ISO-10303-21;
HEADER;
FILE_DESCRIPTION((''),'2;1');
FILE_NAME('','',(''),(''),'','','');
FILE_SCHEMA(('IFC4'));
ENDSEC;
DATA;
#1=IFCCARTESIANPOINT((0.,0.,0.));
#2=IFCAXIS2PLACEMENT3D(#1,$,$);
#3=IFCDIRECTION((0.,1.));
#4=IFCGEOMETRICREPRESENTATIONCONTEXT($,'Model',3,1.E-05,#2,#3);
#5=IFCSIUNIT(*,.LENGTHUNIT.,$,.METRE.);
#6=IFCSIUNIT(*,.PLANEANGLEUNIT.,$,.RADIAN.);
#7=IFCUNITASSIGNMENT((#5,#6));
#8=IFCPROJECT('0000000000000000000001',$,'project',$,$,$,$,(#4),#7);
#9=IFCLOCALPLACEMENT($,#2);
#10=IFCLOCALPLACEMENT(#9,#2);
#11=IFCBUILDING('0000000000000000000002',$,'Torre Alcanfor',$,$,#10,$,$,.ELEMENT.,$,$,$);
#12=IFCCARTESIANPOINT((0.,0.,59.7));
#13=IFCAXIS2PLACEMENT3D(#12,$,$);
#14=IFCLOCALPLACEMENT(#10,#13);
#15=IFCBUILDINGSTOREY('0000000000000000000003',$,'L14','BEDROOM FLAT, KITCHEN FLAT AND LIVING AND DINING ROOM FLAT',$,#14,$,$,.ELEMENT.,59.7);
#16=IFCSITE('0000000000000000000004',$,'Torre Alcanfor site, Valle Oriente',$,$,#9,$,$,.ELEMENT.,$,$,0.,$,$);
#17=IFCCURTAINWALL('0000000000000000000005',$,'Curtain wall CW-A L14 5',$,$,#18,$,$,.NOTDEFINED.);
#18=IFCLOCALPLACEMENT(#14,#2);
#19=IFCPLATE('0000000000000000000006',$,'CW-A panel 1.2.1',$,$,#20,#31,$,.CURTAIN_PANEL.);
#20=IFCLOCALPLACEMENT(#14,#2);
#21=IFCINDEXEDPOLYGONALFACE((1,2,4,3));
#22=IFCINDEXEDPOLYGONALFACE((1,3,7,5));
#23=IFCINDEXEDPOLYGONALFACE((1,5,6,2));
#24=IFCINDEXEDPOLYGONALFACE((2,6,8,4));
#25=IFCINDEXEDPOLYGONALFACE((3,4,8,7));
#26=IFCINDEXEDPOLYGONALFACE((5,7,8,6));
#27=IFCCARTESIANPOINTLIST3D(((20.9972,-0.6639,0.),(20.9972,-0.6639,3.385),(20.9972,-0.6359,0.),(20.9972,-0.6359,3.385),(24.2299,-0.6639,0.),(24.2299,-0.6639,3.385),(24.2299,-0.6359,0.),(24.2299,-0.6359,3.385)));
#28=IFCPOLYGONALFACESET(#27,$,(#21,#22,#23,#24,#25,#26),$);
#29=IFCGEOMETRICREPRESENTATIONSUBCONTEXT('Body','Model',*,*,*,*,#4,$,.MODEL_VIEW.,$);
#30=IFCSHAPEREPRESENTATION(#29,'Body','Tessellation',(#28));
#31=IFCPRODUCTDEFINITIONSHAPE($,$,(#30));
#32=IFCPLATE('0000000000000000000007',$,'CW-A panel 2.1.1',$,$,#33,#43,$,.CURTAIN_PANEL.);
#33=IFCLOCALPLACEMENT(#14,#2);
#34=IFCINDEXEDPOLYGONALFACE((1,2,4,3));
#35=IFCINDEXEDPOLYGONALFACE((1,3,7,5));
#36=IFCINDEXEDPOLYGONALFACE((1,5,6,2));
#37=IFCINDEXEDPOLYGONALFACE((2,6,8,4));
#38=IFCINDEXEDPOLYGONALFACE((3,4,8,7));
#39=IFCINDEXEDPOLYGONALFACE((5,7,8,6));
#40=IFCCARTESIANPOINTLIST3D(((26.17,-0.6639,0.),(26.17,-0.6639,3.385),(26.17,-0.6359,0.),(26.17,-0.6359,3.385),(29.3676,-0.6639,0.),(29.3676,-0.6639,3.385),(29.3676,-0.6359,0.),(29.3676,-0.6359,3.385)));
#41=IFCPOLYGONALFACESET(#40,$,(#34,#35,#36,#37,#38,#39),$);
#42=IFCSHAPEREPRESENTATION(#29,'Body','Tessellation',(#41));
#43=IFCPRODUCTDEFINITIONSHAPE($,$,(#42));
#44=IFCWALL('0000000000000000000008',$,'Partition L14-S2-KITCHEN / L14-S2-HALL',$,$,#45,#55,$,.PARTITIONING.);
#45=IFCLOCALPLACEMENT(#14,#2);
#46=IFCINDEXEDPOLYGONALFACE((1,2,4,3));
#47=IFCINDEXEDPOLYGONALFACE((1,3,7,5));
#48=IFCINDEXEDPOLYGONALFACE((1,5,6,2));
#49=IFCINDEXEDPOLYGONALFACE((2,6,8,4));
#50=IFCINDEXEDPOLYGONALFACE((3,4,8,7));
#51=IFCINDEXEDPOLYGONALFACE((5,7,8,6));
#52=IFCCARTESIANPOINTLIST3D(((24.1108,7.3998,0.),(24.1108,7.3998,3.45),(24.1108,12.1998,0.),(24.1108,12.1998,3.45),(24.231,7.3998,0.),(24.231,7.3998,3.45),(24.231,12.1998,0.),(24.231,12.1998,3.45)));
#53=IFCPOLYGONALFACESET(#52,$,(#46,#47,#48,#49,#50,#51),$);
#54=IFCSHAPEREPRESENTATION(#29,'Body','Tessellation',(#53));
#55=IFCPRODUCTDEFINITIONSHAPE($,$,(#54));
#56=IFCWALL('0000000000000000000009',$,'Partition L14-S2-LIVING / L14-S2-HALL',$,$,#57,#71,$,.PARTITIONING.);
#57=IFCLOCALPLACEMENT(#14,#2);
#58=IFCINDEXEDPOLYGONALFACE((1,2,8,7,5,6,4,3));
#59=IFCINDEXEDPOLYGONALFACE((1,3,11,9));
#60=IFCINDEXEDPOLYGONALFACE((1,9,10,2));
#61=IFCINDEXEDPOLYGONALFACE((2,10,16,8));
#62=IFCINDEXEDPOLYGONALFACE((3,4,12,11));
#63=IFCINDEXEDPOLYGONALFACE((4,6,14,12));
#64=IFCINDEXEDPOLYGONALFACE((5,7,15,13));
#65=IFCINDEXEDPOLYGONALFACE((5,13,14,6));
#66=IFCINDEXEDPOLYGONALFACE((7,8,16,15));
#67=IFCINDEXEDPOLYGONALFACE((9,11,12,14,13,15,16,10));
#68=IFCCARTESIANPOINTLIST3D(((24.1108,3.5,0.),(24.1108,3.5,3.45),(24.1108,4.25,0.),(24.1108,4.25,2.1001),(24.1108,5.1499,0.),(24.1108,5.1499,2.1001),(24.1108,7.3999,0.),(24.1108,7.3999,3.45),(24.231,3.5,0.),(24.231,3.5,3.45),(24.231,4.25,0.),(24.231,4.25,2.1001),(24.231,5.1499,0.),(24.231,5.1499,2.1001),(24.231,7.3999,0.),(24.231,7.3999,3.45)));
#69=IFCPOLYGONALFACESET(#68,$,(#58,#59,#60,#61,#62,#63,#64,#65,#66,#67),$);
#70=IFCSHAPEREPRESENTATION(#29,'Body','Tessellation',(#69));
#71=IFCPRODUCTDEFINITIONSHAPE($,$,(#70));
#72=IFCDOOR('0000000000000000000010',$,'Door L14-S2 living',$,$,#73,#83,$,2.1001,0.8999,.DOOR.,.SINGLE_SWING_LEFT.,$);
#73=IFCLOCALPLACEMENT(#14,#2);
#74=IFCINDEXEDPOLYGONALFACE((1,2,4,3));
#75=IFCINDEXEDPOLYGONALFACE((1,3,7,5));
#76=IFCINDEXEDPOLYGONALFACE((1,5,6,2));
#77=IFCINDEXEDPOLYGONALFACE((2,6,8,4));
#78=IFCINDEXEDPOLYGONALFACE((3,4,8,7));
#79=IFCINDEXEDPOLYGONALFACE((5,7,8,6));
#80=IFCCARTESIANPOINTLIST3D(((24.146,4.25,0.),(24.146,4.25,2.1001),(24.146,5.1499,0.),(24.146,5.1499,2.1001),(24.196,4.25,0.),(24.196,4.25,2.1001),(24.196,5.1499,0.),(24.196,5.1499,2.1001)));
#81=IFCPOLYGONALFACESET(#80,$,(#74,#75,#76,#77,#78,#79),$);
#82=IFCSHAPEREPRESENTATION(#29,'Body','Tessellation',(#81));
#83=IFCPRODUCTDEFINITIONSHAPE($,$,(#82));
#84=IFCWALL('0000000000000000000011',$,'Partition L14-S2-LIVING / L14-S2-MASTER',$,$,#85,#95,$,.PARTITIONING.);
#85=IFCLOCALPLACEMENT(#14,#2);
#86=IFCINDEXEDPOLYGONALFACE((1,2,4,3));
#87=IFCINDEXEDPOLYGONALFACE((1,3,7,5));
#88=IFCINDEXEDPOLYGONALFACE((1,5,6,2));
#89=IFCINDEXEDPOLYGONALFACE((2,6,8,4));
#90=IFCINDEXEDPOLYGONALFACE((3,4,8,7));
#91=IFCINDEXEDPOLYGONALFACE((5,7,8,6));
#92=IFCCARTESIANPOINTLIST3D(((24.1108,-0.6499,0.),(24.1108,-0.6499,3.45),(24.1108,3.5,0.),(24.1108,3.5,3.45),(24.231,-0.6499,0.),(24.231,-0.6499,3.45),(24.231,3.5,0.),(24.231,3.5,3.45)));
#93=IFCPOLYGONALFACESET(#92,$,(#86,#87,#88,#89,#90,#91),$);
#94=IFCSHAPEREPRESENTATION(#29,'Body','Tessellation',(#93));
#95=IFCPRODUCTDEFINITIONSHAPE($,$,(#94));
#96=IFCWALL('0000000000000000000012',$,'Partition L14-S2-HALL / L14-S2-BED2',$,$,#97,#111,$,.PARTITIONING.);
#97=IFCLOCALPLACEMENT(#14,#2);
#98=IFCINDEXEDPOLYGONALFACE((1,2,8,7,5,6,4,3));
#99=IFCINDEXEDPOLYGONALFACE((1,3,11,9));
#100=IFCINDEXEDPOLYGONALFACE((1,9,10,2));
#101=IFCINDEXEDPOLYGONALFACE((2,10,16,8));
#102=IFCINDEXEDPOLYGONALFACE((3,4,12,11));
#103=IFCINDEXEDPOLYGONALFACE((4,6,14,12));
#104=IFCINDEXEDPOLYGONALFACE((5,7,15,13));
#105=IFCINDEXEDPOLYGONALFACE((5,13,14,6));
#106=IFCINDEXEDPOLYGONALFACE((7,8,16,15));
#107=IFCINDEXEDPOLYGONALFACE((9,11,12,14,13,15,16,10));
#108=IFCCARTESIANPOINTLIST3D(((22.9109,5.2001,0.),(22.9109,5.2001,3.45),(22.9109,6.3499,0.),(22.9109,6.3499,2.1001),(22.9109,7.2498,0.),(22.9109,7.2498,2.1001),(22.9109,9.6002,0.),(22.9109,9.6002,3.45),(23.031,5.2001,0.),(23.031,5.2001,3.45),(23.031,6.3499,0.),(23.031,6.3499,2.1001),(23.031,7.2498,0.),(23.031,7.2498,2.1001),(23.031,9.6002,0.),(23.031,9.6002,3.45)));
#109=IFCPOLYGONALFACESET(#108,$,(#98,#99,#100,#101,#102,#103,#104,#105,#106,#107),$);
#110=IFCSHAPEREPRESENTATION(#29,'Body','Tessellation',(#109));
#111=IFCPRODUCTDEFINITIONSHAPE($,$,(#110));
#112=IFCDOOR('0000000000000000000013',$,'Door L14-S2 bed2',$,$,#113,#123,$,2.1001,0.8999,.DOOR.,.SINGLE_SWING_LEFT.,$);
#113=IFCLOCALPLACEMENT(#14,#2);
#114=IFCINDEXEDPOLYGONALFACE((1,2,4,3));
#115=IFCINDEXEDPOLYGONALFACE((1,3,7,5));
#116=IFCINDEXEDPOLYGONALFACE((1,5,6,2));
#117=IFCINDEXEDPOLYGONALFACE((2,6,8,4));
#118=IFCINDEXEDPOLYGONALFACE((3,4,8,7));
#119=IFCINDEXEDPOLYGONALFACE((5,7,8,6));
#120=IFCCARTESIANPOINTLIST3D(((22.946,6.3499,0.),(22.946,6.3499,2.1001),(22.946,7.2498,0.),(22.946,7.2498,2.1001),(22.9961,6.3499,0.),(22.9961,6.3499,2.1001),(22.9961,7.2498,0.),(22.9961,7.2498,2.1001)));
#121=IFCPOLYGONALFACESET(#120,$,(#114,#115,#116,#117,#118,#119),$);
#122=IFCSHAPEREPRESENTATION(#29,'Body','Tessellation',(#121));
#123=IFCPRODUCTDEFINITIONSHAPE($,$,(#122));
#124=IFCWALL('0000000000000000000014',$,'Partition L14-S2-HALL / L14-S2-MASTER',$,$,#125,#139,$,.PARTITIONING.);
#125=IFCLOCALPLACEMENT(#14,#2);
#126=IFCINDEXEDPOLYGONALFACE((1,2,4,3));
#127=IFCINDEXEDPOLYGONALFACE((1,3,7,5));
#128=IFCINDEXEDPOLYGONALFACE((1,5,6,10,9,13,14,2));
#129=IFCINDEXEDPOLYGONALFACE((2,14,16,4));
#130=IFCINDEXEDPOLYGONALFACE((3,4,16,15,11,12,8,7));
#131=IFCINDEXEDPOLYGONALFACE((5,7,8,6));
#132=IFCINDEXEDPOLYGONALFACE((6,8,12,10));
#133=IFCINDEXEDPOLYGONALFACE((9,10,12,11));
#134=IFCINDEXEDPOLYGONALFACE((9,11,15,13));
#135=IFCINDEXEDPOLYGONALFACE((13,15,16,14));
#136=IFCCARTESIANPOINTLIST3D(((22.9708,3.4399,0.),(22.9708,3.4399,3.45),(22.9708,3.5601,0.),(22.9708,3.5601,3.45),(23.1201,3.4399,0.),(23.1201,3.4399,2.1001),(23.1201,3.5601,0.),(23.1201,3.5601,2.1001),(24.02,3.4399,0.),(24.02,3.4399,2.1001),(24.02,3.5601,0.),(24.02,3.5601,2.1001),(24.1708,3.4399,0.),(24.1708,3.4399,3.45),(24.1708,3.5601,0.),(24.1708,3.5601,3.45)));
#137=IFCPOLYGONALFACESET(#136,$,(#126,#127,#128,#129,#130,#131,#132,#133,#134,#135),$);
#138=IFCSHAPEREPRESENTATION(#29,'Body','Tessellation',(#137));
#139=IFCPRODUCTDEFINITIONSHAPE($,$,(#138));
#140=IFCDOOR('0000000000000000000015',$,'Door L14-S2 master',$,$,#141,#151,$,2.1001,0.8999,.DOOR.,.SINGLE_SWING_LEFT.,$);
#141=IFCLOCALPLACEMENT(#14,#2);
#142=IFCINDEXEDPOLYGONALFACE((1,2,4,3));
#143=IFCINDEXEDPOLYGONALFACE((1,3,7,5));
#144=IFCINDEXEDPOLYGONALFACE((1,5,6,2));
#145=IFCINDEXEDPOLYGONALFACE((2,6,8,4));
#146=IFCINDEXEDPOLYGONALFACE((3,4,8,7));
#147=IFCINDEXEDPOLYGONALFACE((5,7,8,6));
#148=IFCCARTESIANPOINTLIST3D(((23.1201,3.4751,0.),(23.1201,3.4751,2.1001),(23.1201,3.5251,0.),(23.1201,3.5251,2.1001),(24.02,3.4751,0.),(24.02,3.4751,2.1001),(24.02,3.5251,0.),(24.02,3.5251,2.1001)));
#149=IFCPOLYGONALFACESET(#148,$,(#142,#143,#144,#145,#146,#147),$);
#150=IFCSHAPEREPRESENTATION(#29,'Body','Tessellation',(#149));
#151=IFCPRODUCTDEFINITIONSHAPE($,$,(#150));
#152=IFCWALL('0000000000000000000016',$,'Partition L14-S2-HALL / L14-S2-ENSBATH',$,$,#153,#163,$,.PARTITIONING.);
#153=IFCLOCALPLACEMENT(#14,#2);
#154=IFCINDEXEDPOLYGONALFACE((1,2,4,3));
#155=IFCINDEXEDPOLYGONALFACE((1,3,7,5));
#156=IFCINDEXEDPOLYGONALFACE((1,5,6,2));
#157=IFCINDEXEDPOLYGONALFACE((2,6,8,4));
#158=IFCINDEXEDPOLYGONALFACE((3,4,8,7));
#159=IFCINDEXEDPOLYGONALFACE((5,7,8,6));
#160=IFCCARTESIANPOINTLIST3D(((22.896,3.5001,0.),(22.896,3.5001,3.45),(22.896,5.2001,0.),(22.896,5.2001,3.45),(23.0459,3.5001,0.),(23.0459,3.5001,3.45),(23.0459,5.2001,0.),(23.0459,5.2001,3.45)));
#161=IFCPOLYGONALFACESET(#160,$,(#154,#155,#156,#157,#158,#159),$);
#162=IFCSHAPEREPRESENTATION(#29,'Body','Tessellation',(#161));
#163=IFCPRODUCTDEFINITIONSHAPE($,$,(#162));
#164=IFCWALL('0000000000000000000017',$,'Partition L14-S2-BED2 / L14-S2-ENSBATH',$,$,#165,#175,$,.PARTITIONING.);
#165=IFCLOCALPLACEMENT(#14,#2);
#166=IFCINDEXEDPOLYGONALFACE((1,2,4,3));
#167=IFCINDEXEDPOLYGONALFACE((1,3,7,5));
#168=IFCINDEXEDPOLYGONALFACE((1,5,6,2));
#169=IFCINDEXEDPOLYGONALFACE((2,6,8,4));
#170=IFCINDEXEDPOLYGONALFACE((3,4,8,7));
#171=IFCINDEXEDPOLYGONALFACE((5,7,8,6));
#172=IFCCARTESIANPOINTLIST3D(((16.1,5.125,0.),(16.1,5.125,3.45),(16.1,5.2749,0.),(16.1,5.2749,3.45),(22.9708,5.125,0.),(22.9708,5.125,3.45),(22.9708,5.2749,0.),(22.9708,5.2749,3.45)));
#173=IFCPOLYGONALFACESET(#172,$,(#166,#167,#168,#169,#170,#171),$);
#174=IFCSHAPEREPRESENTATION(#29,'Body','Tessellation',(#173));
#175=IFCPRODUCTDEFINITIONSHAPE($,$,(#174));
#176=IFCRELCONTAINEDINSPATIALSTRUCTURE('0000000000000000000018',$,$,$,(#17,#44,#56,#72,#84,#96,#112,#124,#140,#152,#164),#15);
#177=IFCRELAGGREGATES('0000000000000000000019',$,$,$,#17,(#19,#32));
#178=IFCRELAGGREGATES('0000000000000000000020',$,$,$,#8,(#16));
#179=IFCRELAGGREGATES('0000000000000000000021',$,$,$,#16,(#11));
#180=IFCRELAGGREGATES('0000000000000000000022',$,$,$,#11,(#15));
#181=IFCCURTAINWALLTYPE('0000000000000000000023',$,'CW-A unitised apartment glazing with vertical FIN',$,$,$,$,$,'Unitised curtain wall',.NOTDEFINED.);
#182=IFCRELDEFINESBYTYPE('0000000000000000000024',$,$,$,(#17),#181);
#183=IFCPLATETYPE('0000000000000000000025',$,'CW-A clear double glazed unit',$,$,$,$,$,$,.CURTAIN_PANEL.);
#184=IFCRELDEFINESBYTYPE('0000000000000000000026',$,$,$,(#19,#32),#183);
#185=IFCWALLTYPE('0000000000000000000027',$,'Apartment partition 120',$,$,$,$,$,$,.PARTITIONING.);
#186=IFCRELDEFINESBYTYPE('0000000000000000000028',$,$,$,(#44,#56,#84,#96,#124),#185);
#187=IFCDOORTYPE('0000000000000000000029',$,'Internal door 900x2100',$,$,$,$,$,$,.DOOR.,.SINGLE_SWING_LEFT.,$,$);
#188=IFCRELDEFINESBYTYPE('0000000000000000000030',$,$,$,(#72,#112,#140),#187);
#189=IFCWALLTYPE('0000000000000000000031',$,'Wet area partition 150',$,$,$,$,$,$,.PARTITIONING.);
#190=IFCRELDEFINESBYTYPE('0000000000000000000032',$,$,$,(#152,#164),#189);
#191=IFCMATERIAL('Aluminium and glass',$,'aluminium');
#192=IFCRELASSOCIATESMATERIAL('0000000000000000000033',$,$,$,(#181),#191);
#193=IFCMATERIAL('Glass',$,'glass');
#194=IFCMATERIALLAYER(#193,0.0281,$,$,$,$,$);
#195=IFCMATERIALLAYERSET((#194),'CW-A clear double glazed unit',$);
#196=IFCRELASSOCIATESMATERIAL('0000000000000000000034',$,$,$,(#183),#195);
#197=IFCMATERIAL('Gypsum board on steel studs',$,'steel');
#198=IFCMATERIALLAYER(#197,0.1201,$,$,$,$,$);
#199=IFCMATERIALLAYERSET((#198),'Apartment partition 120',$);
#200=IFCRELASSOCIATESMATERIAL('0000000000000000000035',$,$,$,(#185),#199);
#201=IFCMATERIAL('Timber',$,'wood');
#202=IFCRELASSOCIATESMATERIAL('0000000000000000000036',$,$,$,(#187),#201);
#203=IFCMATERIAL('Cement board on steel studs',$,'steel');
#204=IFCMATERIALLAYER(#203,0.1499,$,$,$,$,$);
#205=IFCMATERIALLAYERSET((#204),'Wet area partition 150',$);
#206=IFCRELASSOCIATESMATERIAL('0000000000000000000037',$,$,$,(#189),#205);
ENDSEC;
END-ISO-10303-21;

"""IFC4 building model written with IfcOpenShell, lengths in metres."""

from ifc_helpers import new_model, si_unit, direction, frame, frame_2d, origin, origin_2d, place, context, subcontext, project, spatial, rectangle, extrude, material, layer, layer_set, type_object, element, fill, aggregate, save


model = new_model("IFC4")

# Units and contexts
model_context = context("Model", 3, precision=1e-05, world=origin(), true_north=direction((0.0, 1.0)))
body_context = subcontext(model_context, "Body", "Model", "MODEL_VIEW")
ifc_project = project(units=[si_unit("LENGTHUNIT", "METRE"), si_unit("PLANEANGLEUNIT", "RADIAN")], contexts=[model_context])

# Site, building, storey
site_placement = place(None, origin())
site = spatial("IfcSite", under=ifc_project, at=site_placement, Name="Torre Alcanfor site, Valle Oriente", CompositionType="ELEMENT", RefElevation=0.0)
building_placement = place(site_placement, origin())
building = spatial("IfcBuilding", under=site, at=building_placement, Name="Torre Alcanfor", CompositionType="ELEMENT")
storey_placement = place(building_placement, frame((0.0, 0.0, 59.7)))
storey = spatial("IfcBuildingStorey", under=building, at=storey_placement, Name="L14", Description="BEDROOM FLAT, KITCHEN FLAT AND LIVING AND DINING ROOM FLAT", CompositionType="ELEMENT", Elevation=59.7)

# Curtain wall
ifc_material_1 = material(Name="Aluminium and glass", Category="aluminium")
curtain_wall_type = type_object("IfcCurtainWallType", Name="CW-A unitised apartment glazing with vertical FIN", ElementType="Unitised curtain wall", PredefinedType="NOTDEFINED", material=ifc_material_1)
curtain_wall_placement = place(storey_placement, origin())
curtain_wall = element("IfcCurtainWall", 1, at=curtain_wall_placement, inside=storey, type_object=curtain_wall_type, Name="Curtain wall CW-A L14 5", PredefinedType="NOTDEFINED")

# Plates
ifc_material_2 = material(Name="Glass", Category="glass")
ifc_layer_1 = layer(ifc_material_2, 0.0281)
ifc_layer_set_1 = layer_set([ifc_layer_1], Name="CW-A clear double glazed unit")
plate_type = type_object("IfcPlateType", Name="CW-A clear double glazed unit", PredefinedType="CURTAIN_PANEL", material=ifc_layer_set_1)
plate_1_placement = place(storey_placement, frame((22.6135, -0.6499, 0.0), z_axis=(0.0, 0.0, 1.0), x_axis=(1.0, 0.0, 0.0)))
plate_1 = element("IfcPlate", 2, at=plate_1_placement, type_object=plate_type, Name="CW-A panel 1.2.1", PredefinedType="CURTAIN_PANEL", context=body_context, shape_type="SweptSolid", body=[
    extrude(rectangle(XDim=3.2327, YDim=0.0281, at=origin_2d()), origin(), (0.0, 0.0, 1.0), 3.385),
])
plate_2_placement = place(storey_placement, frame((27.7688, -0.6499, 0.0), z_axis=(0.0, 0.0, 1.0), x_axis=(1.0, 0.0, 0.0)))
plate_2 = element("IfcPlate", 3, at=plate_2_placement, type_object=plate_type, Name="CW-A panel 2.1.1", PredefinedType="CURTAIN_PANEL", context=body_context, shape_type="SweptSolid", body=[
    extrude(rectangle(XDim=3.1975, YDim=0.0281, at=origin_2d()), origin(), (0.0, 0.0, 1.0), 3.385),
])
aggregate(curtain_wall, [plate_1, plate_2])

# Wall
ifc_material_3 = material(Name="Gypsum board on steel studs", Category="steel")
ifc_layer_2 = layer(ifc_material_3, 0.1201)
ifc_layer_set_2 = layer_set([ifc_layer_2], Name="Apartment partition 120")
wall_type_1 = type_object("IfcWallType", Name="Apartment partition 120", PredefinedType="PARTITIONING", material=ifc_layer_set_2)
wall_1_placement = place(storey_placement, frame((24.1709, 7.3999, 0.0), z_axis=(0.0, 0.0, 1.0), x_axis=(0.0, 1.0, 0.0)))
element("IfcWall", 4, at=wall_1_placement, inside=storey, type_object=wall_type_1, Name="Partition L14-S2-KITCHEN / L14-S2-HALL", PredefinedType="PARTITIONING", context=body_context, shape_type="SweptSolid", body=[
    extrude(rectangle(XDim=4.8, YDim=0.1201, at=frame_2d((2.3999, 0.0))), origin(), (0.0, 0.0, 1.0), 3.45),
])

# Wall, opening, door
wall_2_placement = place(storey_placement, frame((24.1709, 3.5, 0.0), z_axis=(0.0, 0.0, 1.0), x_axis=(0.0, 1.0, 0.0)))
wall_2 = element("IfcWall", 5, at=wall_2_placement, inside=storey, type_object=wall_type_1, Name="Partition L14-S2-LIVING / L14-S2-HALL", PredefinedType="PARTITIONING", context=body_context, shape_type="SweptSolid", body=[
    extrude(rectangle(XDim=3.8999, YDim=0.1201, at=frame_2d((1.95, 0.0))), origin(), (0.0, 0.0, 1.0), 3.45),
])
opening_1_placement = place(wall_2_placement, frame((0.75, 0.0, 0.0)))
opening_1 = element("IfcOpeningElement", 6, at=opening_1_placement, cuts=wall_2, PredefinedType="OPENING", context=body_context, shape_type="SweptSolid", body=[
    extrude(rectangle(XDim=0.8999, YDim=2.1001, at=frame_2d((0.45, 1.05))), frame((0.0, 0.0701, 0.0), z_axis=(0.0, -1.0, 0.0), x_axis=(1.0, 0.0, 0.0)), (0.0, 0.0, 1.0), 0.1401),
])
ifc_material_4 = material(Name="Timber", Category="wood")
door_type_1 = type_object("IfcDoorType", Name="Internal door 900x2100", OperationType="SINGLE_SWING_LEFT", PredefinedType="DOOR", material=ifc_material_4)
door_1_placement = place(opening_1_placement, frame((0.8999, 0.0, 0.0), z_axis=(0.0, 0.0, 1.0), x_axis=(-1.0, 0.0, 0.0)))
door_1 = element("IfcDoor", 7, at=door_1_placement, inside=storey, type_object=door_type_1, Name="Door L14-S2 living", OperationType="SINGLE_SWING_LEFT", OverallHeight=2.1001, OverallWidth=0.8999, PredefinedType="DOOR", context=body_context, shape_type="SweptSolid", body=[
    extrude(rectangle(XDim=0.8999, YDim=2.1001, at=frame_2d((0.45, 1.05))), frame((0.0, 0.0251, 0.0), z_axis=(0.0, -1.0, 0.0), x_axis=(1.0, 0.0, 0.0)), (0.0, 0.0, 1.0), 0.05),
])
fill(opening_1, door_1)

# Wall
wall_3_placement = place(storey_placement, frame((24.1709, -0.6499, 0.0), z_axis=(0.0, 0.0, 1.0), x_axis=(0.0, 1.0, 0.0)))
element("IfcWall", 8, at=wall_3_placement, inside=storey, type_object=wall_type_1, Name="Partition L14-S2-LIVING / L14-S2-MASTER", PredefinedType="PARTITIONING", context=body_context, shape_type="SweptSolid", body=[
    extrude(rectangle(XDim=4.1499, YDim=0.1201, at=frame_2d((2.075, 0.0))), origin(), (0.0, 0.0, 1.0), 3.45),
])

# Walls, openings, doors
wall_4_placement = place(storey_placement, frame((22.9709, 5.2, 0.0), z_axis=(0.0, 0.0, 1.0), x_axis=(0.0, 1.0, 0.0)))
wall_4 = element("IfcWall", 9, at=wall_4_placement, inside=storey, type_object=wall_type_1, Name="Partition L14-S2-HALL / L14-S2-BED2", PredefinedType="PARTITIONING", context=body_context, shape_type="SweptSolid", body=[
    extrude(rectangle(XDim=4.4001, YDim=0.1201, at=frame_2d((2.2002, 0.0))), origin(), (0.0, 0.0, 1.0), 3.45),
])
opening_2_placement = place(wall_4_placement, frame((1.1499, 0.0, 0.0)))
opening_2 = element("IfcOpeningElement", 10, at=opening_2_placement, cuts=wall_4, PredefinedType="OPENING", context=body_context, shape_type="SweptSolid", body=[
    extrude(rectangle(XDim=0.8999, YDim=2.1001, at=frame_2d((0.45, 1.05))), frame((0.0, 0.0701, 0.0), z_axis=(0.0, -1.0, 0.0), x_axis=(1.0, 0.0, 0.0)), (0.0, 0.0, 1.0), 0.1401),
])
door_2_placement = place(opening_2_placement, origin())
door_2 = element("IfcDoor", 11, at=door_2_placement, inside=storey, type_object=door_type_1, Name="Door L14-S2 bed2", OperationType="SINGLE_SWING_LEFT", OverallHeight=2.1001, OverallWidth=0.8999, PredefinedType="DOOR", context=body_context, shape_type="SweptSolid", body=[
    extrude(rectangle(XDim=0.8999, YDim=2.1001, at=frame_2d((0.45, 1.05))), frame((0.0, 0.0249, 0.0), z_axis=(0.0, -1.0, 0.0), x_axis=(1.0, 0.0, 0.0)), (0.0, 0.0, 1.0), 0.05),
])
fill(opening_2, door_2)
wall_5_placement = place(storey_placement, frame((24.1709, 3.5, 0.0), z_axis=(0.0, 0.0, 1.0), x_axis=(-1.0, 0.0, 0.0)))
wall_5 = element("IfcWall", 12, at=wall_5_placement, inside=storey, type_object=wall_type_1, Name="Partition L14-S2-HALL / L14-S2-MASTER", PredefinedType="PARTITIONING", context=body_context, shape_type="SweptSolid", body=[
    extrude(rectangle(XDim=1.2, YDim=0.1201, at=frame_2d((0.6001, 0.0))), origin(), (0.0, 0.0, 1.0), 3.45),
])
opening_3_placement = place(wall_5_placement, frame((0.1509, 0.0, 0.0)))
opening_3 = element("IfcOpeningElement", 13, at=opening_3_placement, cuts=wall_5, PredefinedType="OPENING", context=body_context, shape_type="SweptSolid", body=[
    extrude(rectangle(XDim=0.8999, YDim=2.1001, at=frame_2d((0.45, 1.05))), frame((0.0, 0.0701, 0.0), z_axis=(0.0, -1.0, 0.0), x_axis=(1.0, 0.0, 0.0)), (0.0, 0.0, 1.0), 0.1401),
])
door_3_placement = place(opening_3_placement, origin())
door_3 = element("IfcDoor", 14, at=door_3_placement, inside=storey, type_object=door_type_1, Name="Door L14-S2 master", OperationType="SINGLE_SWING_LEFT", OverallHeight=2.1001, OverallWidth=0.8999, PredefinedType="DOOR", context=body_context, shape_type="SweptSolid", body=[
    extrude(rectangle(XDim=0.8999, YDim=2.1001, at=frame_2d((0.45, 1.05))), frame((0.0, 0.0249, 0.0), z_axis=(0.0, -1.0, 0.0), x_axis=(1.0, 0.0, 0.0)), (0.0, 0.0, 1.0), 0.05),
])
fill(opening_3, door_3)

# Walls
ifc_material_5 = material(Name="Cement board on steel studs", Category="steel")
ifc_layer_3 = layer(ifc_material_5, 0.1499)
ifc_layer_set_3 = layer_set([ifc_layer_3], Name="Wet area partition 150")
wall_type_2 = type_object("IfcWallType", Name="Wet area partition 150", PredefinedType="PARTITIONING", material=ifc_layer_set_3)
wall_6_placement = place(storey_placement, frame((22.9709, 3.5, 0.0), z_axis=(0.0, 0.0, 1.0), x_axis=(0.0, 1.0, 0.0)))
element("IfcWall", 15, at=wall_6_placement, inside=storey, type_object=wall_type_2, Name="Partition L14-S2-HALL / L14-S2-ENSBATH", PredefinedType="PARTITIONING", context=body_context, shape_type="SweptSolid", body=[
    extrude(rectangle(XDim=1.7, YDim=0.1499, at=frame_2d((0.8501, 0.0))), origin(), (0.0, 0.0, 1.0), 3.45),
])
wall_7_placement = place(storey_placement, frame((22.9709, 5.2, 0.0), z_axis=(0.0, 0.0, 1.0), x_axis=(-1.0, 0.0, 0.0)))
element("IfcWall", 16, at=wall_7_placement, inside=storey, type_object=wall_type_2, Name="Partition L14-S2-BED2 / L14-S2-ENSBATH", PredefinedType="PARTITIONING", context=body_context, shape_type="SweptSolid", body=[
    extrude(rectangle(XDim=6.8708, YDim=0.1499, at=frame_2d((3.4355, 0.0))), origin(), (0.0, 0.0, 1.0), 3.45),
])

save(model, "model.ifc")
